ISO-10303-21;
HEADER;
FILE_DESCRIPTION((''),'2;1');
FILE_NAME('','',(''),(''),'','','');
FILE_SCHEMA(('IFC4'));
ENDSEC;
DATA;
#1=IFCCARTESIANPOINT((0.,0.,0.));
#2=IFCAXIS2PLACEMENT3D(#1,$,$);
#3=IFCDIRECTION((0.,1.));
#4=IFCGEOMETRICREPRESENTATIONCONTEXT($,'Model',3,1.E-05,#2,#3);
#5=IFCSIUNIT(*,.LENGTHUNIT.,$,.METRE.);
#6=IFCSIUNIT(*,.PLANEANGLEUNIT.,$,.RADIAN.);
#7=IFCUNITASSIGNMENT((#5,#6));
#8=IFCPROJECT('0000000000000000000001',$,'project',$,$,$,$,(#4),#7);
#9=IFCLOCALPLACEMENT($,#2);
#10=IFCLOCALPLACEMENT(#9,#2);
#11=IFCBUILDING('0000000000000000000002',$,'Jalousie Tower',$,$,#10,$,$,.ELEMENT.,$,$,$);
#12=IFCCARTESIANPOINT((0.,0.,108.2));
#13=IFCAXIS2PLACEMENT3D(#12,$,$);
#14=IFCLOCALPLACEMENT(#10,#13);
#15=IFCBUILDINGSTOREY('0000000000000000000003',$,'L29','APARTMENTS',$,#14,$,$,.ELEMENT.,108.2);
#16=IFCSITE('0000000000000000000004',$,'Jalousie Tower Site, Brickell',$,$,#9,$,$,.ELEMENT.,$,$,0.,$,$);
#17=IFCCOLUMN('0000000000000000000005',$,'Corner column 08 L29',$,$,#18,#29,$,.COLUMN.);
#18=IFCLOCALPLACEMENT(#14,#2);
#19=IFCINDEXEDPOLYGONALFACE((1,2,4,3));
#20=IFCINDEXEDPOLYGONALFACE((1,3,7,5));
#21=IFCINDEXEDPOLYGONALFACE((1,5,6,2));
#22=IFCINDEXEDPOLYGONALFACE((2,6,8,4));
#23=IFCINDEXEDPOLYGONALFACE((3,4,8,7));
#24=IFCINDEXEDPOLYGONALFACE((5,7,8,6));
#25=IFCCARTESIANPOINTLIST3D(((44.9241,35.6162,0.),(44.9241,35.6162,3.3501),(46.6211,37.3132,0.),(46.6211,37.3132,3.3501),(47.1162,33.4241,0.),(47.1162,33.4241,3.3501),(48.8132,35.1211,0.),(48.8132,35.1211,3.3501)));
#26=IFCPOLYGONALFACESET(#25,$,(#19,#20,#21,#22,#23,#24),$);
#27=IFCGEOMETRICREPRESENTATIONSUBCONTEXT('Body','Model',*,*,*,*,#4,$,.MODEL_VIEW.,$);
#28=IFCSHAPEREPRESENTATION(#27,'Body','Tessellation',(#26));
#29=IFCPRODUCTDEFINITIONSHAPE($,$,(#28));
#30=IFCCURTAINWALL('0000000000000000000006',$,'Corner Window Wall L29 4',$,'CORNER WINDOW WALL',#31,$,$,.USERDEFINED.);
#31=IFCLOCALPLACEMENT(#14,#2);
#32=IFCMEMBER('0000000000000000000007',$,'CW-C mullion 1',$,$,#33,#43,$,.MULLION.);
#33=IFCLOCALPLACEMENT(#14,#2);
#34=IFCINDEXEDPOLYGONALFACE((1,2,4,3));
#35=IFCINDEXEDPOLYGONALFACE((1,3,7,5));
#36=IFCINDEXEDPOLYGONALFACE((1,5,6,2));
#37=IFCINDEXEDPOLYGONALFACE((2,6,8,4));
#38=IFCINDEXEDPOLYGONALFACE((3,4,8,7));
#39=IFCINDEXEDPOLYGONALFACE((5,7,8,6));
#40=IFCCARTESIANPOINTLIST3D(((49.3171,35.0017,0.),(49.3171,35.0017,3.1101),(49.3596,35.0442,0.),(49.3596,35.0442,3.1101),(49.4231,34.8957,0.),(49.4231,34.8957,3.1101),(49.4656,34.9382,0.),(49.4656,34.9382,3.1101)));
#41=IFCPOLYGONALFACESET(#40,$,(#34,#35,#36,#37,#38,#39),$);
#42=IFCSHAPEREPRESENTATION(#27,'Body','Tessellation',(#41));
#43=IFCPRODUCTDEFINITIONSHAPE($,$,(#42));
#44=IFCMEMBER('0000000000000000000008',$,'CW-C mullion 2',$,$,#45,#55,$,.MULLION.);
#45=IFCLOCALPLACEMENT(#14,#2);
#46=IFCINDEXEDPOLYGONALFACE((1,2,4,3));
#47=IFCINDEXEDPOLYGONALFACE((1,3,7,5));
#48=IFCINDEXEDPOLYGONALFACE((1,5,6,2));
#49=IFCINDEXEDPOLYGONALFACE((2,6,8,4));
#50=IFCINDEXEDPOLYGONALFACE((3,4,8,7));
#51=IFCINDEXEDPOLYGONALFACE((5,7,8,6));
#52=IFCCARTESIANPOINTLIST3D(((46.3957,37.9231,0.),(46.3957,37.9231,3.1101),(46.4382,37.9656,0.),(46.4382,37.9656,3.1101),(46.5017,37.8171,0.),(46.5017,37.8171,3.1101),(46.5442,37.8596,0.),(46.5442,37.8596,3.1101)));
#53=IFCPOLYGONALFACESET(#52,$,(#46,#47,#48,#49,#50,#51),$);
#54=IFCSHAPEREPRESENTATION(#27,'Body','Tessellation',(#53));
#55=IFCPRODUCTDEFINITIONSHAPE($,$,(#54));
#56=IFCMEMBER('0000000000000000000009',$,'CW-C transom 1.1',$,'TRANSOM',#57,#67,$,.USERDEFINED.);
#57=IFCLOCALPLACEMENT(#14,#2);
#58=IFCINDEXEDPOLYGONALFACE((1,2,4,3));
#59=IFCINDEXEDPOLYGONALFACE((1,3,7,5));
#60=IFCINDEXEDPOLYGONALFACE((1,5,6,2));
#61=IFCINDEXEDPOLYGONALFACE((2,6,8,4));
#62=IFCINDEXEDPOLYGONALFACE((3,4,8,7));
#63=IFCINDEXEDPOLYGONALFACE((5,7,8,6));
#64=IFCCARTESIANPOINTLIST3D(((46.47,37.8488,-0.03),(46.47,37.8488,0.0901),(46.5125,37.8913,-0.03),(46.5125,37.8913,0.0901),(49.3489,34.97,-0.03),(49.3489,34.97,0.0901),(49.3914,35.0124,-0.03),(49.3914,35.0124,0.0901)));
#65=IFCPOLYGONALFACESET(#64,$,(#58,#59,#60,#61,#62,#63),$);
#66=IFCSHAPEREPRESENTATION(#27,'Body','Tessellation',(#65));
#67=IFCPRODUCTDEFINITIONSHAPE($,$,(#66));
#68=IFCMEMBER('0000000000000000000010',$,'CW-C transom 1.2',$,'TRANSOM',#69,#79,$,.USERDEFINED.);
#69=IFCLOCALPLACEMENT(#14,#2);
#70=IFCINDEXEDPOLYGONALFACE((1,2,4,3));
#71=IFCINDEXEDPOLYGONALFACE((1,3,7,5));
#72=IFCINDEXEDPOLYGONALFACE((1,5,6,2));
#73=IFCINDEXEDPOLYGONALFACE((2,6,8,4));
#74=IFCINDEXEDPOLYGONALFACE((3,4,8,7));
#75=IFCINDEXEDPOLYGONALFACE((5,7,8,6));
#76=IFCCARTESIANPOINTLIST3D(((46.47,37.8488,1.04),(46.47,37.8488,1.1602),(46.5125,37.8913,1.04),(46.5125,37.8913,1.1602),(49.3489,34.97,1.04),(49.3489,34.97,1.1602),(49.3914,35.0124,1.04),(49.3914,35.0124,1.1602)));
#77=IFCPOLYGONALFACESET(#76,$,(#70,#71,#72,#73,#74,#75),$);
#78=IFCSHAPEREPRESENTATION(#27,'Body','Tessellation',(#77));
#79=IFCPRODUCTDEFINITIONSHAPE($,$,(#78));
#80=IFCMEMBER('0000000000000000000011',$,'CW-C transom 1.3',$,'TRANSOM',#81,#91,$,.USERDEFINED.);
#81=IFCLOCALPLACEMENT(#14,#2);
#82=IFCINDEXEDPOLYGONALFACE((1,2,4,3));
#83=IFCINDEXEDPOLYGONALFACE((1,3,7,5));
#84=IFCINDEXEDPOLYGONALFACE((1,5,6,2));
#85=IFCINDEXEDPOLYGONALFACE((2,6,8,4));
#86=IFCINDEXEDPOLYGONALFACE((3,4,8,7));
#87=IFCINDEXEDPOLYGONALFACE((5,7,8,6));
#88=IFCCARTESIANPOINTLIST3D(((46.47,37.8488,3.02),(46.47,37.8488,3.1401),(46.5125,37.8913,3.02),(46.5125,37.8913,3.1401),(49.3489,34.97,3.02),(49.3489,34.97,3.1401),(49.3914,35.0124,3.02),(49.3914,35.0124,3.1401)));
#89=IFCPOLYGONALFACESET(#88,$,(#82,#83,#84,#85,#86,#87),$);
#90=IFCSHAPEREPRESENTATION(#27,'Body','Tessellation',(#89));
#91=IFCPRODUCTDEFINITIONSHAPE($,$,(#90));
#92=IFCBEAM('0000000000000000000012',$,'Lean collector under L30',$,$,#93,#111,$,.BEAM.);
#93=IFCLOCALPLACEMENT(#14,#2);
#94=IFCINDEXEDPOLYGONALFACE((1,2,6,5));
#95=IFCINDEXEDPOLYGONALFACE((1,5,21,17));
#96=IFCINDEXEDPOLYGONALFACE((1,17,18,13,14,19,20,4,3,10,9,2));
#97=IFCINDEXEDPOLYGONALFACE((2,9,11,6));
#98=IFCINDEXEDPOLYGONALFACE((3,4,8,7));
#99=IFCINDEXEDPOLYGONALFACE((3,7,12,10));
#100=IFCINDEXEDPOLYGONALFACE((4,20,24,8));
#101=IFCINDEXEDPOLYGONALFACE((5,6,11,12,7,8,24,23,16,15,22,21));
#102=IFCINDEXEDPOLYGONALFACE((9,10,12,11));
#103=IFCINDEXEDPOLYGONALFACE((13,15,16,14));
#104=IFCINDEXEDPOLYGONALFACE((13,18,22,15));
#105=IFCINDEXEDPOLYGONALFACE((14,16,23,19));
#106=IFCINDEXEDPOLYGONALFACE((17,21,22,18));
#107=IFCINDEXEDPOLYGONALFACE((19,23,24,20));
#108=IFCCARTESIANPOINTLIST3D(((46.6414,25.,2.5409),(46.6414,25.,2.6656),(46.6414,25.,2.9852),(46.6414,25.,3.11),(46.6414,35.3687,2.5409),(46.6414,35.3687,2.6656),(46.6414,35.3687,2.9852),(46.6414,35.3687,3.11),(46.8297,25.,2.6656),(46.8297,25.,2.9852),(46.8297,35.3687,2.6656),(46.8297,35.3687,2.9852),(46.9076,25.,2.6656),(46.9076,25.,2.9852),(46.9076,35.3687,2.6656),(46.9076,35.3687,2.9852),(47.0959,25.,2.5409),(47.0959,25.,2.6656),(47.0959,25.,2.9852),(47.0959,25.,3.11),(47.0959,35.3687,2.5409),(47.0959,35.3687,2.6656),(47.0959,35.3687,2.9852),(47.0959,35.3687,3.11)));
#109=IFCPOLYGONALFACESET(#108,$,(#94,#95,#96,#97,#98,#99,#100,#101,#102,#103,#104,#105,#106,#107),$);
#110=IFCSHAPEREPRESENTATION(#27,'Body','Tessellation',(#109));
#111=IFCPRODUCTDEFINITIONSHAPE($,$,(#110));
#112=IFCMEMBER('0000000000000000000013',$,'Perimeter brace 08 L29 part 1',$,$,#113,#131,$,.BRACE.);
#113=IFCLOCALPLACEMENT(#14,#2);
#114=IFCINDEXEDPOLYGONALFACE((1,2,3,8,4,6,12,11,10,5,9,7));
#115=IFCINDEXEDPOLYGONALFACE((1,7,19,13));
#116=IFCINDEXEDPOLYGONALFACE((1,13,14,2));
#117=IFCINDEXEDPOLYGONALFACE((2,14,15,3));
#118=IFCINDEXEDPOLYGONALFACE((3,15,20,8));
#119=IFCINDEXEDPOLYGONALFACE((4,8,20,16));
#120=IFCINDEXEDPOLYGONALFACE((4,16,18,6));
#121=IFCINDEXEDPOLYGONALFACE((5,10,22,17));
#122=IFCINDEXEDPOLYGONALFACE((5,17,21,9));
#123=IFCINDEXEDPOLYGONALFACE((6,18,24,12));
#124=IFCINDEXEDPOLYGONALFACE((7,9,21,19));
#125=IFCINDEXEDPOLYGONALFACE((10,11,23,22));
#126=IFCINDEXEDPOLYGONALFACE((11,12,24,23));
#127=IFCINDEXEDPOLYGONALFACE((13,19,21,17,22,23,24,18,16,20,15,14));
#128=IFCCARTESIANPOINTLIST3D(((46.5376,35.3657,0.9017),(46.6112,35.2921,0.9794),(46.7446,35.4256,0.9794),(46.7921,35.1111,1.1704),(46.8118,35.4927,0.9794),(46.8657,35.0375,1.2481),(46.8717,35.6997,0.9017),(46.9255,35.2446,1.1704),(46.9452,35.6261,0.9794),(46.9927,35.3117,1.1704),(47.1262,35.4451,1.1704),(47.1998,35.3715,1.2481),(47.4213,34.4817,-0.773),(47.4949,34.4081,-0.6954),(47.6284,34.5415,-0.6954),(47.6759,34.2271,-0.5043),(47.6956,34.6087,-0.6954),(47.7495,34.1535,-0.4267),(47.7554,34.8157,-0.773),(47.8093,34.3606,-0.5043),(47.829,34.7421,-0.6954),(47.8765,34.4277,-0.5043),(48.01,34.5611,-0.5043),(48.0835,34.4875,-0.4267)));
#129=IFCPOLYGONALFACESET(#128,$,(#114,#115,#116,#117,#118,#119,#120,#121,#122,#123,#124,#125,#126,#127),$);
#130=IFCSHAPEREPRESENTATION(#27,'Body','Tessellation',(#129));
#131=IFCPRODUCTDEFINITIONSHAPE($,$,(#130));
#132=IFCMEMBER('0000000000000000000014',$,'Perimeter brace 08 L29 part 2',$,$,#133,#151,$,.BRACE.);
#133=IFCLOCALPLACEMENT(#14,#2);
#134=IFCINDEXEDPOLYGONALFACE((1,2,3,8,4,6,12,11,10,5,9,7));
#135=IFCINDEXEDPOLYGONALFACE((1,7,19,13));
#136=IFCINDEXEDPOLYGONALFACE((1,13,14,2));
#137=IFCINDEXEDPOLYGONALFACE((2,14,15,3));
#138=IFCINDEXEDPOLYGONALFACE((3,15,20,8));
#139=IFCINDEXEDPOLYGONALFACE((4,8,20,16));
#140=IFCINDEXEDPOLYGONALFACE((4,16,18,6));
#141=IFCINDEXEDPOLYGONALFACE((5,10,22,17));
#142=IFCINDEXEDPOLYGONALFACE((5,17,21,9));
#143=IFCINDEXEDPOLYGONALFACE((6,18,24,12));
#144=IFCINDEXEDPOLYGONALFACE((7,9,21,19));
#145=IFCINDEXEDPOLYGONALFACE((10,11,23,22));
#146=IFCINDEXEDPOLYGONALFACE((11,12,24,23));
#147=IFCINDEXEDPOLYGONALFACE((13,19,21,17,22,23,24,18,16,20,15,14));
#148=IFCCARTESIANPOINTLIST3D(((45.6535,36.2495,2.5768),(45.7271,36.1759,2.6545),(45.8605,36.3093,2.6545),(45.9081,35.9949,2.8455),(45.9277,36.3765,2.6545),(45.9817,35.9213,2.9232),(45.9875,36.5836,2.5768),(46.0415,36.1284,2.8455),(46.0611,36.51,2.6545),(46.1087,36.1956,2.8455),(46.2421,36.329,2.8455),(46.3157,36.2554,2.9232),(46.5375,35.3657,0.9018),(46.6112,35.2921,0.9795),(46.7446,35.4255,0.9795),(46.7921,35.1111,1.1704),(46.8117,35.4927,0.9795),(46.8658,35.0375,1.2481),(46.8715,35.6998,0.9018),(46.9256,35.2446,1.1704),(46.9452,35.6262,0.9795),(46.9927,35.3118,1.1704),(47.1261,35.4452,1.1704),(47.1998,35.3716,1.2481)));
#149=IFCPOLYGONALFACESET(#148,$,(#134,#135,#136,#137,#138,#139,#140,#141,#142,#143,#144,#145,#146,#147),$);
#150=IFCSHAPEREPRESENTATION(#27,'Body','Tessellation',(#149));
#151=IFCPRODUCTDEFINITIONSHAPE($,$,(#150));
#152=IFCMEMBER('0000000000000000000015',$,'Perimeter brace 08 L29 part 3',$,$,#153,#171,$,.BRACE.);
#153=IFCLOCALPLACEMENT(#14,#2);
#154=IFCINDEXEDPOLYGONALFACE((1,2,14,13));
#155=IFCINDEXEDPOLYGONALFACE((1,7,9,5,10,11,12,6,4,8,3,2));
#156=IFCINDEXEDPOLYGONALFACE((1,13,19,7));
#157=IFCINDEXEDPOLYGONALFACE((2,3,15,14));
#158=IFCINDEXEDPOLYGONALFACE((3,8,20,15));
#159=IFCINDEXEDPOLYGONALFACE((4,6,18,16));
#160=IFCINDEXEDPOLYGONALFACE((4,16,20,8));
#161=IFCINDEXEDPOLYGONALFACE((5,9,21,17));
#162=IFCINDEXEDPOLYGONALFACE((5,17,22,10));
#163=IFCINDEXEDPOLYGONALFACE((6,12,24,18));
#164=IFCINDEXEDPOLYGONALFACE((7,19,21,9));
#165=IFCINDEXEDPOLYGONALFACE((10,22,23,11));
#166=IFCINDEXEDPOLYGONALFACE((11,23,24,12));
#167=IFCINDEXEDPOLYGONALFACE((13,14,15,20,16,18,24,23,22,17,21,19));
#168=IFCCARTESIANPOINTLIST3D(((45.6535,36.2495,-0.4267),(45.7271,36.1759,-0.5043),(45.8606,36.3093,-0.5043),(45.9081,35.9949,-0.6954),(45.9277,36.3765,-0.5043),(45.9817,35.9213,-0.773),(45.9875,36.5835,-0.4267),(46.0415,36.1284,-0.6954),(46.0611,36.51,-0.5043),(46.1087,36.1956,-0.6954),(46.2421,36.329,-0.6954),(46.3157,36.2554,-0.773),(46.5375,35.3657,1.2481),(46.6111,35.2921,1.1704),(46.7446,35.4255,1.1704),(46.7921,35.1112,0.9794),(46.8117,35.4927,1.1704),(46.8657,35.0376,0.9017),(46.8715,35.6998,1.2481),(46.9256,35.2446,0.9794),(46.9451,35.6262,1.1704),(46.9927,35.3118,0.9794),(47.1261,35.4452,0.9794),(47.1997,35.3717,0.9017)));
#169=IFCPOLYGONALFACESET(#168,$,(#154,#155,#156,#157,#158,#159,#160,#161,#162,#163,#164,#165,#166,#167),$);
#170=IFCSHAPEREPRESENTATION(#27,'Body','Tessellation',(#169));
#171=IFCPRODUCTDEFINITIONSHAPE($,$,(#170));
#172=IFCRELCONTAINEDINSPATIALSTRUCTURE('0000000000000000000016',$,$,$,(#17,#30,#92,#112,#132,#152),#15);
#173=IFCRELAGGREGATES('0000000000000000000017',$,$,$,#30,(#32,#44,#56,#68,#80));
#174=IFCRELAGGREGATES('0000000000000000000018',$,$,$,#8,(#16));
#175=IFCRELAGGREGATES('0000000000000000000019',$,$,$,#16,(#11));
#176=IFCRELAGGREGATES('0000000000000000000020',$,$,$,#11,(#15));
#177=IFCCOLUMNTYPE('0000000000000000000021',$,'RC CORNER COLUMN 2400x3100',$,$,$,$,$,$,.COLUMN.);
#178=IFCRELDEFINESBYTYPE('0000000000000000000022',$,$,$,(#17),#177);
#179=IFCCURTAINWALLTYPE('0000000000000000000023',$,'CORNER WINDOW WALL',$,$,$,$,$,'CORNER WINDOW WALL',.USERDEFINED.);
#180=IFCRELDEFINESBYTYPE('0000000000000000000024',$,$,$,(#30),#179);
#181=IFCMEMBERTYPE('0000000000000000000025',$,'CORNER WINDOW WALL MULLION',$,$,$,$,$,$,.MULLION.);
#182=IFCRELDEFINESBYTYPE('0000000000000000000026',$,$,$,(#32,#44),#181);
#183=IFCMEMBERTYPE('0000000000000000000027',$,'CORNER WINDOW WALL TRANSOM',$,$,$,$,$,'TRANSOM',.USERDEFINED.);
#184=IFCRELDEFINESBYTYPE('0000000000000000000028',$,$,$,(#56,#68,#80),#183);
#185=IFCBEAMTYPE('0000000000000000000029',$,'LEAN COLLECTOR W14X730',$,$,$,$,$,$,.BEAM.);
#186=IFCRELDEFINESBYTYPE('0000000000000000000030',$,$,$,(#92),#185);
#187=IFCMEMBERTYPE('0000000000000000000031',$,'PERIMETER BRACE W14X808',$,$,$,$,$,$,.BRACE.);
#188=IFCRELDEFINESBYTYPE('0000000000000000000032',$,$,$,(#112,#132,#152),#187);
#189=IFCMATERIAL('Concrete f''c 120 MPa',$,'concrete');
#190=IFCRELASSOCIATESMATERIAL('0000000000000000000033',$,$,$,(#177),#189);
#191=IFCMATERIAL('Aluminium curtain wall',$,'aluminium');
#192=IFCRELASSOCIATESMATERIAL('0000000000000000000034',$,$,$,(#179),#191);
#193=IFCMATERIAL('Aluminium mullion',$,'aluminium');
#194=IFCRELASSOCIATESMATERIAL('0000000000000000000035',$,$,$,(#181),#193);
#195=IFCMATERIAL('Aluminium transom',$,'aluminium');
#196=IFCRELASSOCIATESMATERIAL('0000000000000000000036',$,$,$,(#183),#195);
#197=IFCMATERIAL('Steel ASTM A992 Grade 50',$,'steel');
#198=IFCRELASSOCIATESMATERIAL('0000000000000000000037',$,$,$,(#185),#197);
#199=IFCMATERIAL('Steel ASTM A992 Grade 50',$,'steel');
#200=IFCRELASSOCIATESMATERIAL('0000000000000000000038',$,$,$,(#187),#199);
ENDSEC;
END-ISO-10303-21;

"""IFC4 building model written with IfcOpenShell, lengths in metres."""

from ifc_helpers import new_model, si_unit, direction, frame, origin, origin_2d, place, context, subcontext, project, spatial, rectangle, i_section, extrude, material, material_profile, profile_set, type_object, element, aggregate, save


model = new_model("IFC4")

# Units and contexts
model_context = context("Model", 3, precision=1e-05, world=origin(), true_north=direction((0.0, 1.0)))
body_context = subcontext(model_context, "Body", "Model", "MODEL_VIEW")
ifc_project = project(units=[si_unit("LENGTHUNIT", "METRE"), si_unit("PLANEANGLEUNIT", "RADIAN")], contexts=[model_context])

# Site, building, storey
site_placement = place(None, origin())
site = spatial("IfcSite", under=ifc_project, at=site_placement, Name="Jalousie Tower Site, Brickell", CompositionType="ELEMENT", RefElevation=0.0)
building_placement = place(site_placement, origin())
building = spatial("IfcBuilding", under=site, at=building_placement, Name="Jalousie Tower", CompositionType="ELEMENT")
storey_placement = place(building_placement, frame((0.0, 0.0, 108.2)))
storey = spatial("IfcBuildingStorey", under=building, at=storey_placement, Name="L29", Description="APARTMENTS", CompositionType="ELEMENT", Elevation=108.2)

# Column
ifc_material_1 = material(Name="Concrete f'c 120 MPa", Category="concrete")
ifc_material_profile_1 = material_profile(ifc_material_1, rectangle(XDim=2.3999, YDim=3.1001, at=origin_2d()), Name="RC 2400x3100")
ifc_profile_set_1 = profile_set([ifc_material_profile_1], Name="Concrete f'c 120 MPa")
column_type = type_object("IfcColumnType", Name="RC CORNER COLUMN 2400x3100", PredefinedType="COLUMN", material=ifc_profile_set_1)
column_placement = place(storey_placement, frame((46.8687, 35.3687, 0.0), z_axis=(0.0, 0.0, 1.0), x_axis=(-0.707107, -0.707107, 0.0)))
element("IfcColumn", 1, at=column_placement, inside=storey, type_object=column_type, Name="Corner column 08 L29", PredefinedType="COLUMN", context=body_context, shape_type="SweptSolid", body=[
    extrude(rectangle(XDim=2.3999, YDim=3.1001, at=origin_2d()), origin(), (0.0, 0.0, 1.0), 3.3501),
])

# Curtain wall, members
ifc_material_2 = material(Name="Aluminium curtain wall", Category="aluminium")
curtain_wall_type_1 = type_object("IfcCurtainWallType", Name="CORNER WINDOW WALL", ElementType="CORNER WINDOW WALL", PredefinedType="USERDEFINED", material=ifc_material_2)
curtain_wall_1_placement = place(storey_placement, origin())
curtain_wall_1 = element("IfcCurtainWall", 2, at=curtain_wall_1_placement, inside=storey, type_object=curtain_wall_type_1, Name="Corner Window Wall L29 4", ObjectType="CORNER WINDOW WALL", PredefinedType="USERDEFINED")
ifc_material_3 = material(Name="Aluminium mullion", Category="aluminium")
ifc_material_profile_2 = material_profile(ifc_material_3, rectangle(XDim=0.0601, YDim=0.1499, at=origin_2d()), Name="MULLION 60x150")
ifc_profile_set_2 = profile_set([ifc_material_profile_2], Name="Aluminium mullion")
member_type_1 = type_object("IfcMemberType", Name="CORNER WINDOW WALL MULLION", PredefinedType="MULLION", material=ifc_profile_set_2)
member_1_placement = place(storey_placement, frame((49.3914, 34.97, 0.0), z_axis=(0.0, 0.0, 1.0), x_axis=(-0.707107, -0.707107, 0.0)))
member_1 = element("IfcMember", 3, at=member_1_placement, type_object=member_type_1, Name="CW-C mullion 1", PredefinedType="MULLION", context=body_context, shape_type="SweptSolid", body=[
    extrude(rectangle(XDim=0.0601, YDim=0.1499, at=origin_2d()), origin(), (0.0, 0.0, 1.0), 3.1101),
])
member_2_placement = place(storey_placement, frame((46.47, 37.8914, 0.0), z_axis=(0.0, 0.0, 1.0), x_axis=(-0.707107, -0.707107, 0.0)))
member_2 = element("IfcMember", 4, at=member_2_placement, type_object=member_type_1, Name="CW-C mullion 2", PredefinedType="MULLION", context=body_context, shape_type="SweptSolid", body=[
    extrude(rectangle(XDim=0.0601, YDim=0.1499, at=origin_2d()), origin(), (0.0, 0.0, 1.0), 3.1101),
])
ifc_material_4 = material(Name="Aluminium transom", Category="aluminium")
ifc_material_profile_3 = material_profile(ifc_material_4, rectangle(XDim=0.0601, YDim=0.1201, at=origin_2d()), Name="TRANSOM 60x120")
ifc_profile_set_3 = profile_set([ifc_material_profile_3], Name="Aluminium transom")
member_type_2 = type_object("IfcMemberType", Name="CORNER WINDOW WALL TRANSOM", ElementType="TRANSOM", PredefinedType="USERDEFINED", material=ifc_profile_set_3)
member_3_placement = place(storey_placement, frame((49.3701, 34.9912, 0.03), z_axis=(-0.707107, 0.707107, 0.0), x_axis=(-0.707107, -0.707107, 0.0)))
member_3 = element("IfcMember", 5, at=member_3_placement, type_object=member_type_2, Name="CW-C transom 1.1", ObjectType="TRANSOM", PredefinedType="USERDEFINED", context=body_context, shape_type="SweptSolid", body=[
    extrude(rectangle(XDim=0.0601, YDim=0.1201, at=origin_2d()), origin(), (0.0, 0.0, 1.0), 4.0713),
])
member_4_placement = place(storey_placement, frame((49.3701, 34.9912, 1.1001), z_axis=(-0.707107, 0.707107, 0.0), x_axis=(-0.707107, -0.707107, 0.0)))
member_4 = element("IfcMember", 6, at=member_4_placement, type_object=member_type_2, Name="CW-C transom 1.2", ObjectType="TRANSOM", PredefinedType="USERDEFINED", context=body_context, shape_type="SweptSolid", body=[
    extrude(rectangle(XDim=0.0601, YDim=0.1201, at=origin_2d()), origin(), (0.0, 0.0, 1.0), 4.0713),
])
member_5_placement = place(storey_placement, frame((49.3701, 34.9912, 3.0801), z_axis=(-0.707107, 0.707107, 0.0), x_axis=(-0.707107, -0.707107, 0.0)))
member_5 = element("IfcMember", 7, at=member_5_placement, type_object=member_type_2, Name="CW-C transom 1.3", ObjectType="TRANSOM", PredefinedType="USERDEFINED", context=body_context, shape_type="SweptSolid", body=[
    extrude(rectangle(XDim=0.0601, YDim=0.1201, at=origin_2d()), origin(), (0.0, 0.0, 1.0), 4.0713),
])

# Beam
ifc_material_5 = material(Name="Steel ASTM A992 Grade 50", Category="steel")
ifc_material_profile_4 = material_profile(ifc_material_5, i_section(OverallWidth=0.4546, OverallDepth=0.5691, WebThickness=0.0779, FlangeThickness=0.1248, at=origin_2d()), Name="W14X730")
ifc_profile_set_4 = profile_set([ifc_material_profile_4], Name="Steel ASTM A992 Grade 50")
beam_type_1 = type_object("IfcBeamType", Name="LEAN COLLECTOR W14X730", PredefinedType="BEAM", material=ifc_profile_set_4)
beam_1_placement = place(storey_placement, frame((46.8687, 35.3687, 2.8254), z_axis=(0.0, -1.0, 0.0), x_axis=(1.0, 0.0, 0.0)))
element("IfcBeam", 8, at=beam_1_placement, inside=storey, type_object=beam_type_1, Name="Lean collector under L30", PredefinedType="BEAM", context=body_context, shape_type="SweptSolid", body=[
    extrude(i_section(OverallWidth=0.4546, OverallDepth=0.5691, WebThickness=0.0779, FlangeThickness=0.1248, at=origin_2d()), origin(), (0.0, 0.0, 1.0), 10.3687),
])

# Members
ifc_material_6 = material(Name="Steel ASTM A992 Grade 50", Category="steel")
ifc_material_profile_5 = material_profile(ifc_material_6, i_section(OverallWidth=0.4724, OverallDepth=0.5791, WebThickness=0.095, FlangeThickness=0.1299, at=origin_2d()), Name="W14X808")
ifc_profile_set_5 = profile_set([ifc_material_profile_5], Name="Steel ASTM A992 Grade 50")
member_type_3 = type_object("IfcMemberType", Name="PERIMETER BRACE W14X808", PredefinedType="BRACE", material=ifc_profile_set_5)
member_6_placement = place(storey_placement, frame((47.7524, 34.4846, -0.5999), z_axis=(-0.422891, 0.423008, 0.801391), x_axis=(-0.707204, -0.707009, 0.0)))
element("IfcMember", 9, at=member_6_placement, inside=storey, type_object=member_type_3, Name="Perimeter brace 08 L29 part 1", PredefinedType="BRACE", context=body_context, shape_type="SweptSolid", body=[
    extrude(i_section(OverallWidth=0.4724, OverallDepth=0.5791, WebThickness=0.095, FlangeThickness=0.1299, at=origin_2d()), origin(), (0.0, 0.0, 1.0), 2.0898),
])
member_7_placement = place(storey_placement, frame((46.8687, 35.3687, 1.075), z_axis=(-0.422969, 0.422852, 0.801432), x_axis=(-0.707009, -0.707204, 0.0)))
element("IfcMember", 10, at=member_7_placement, inside=storey, type_object=member_type_3, Name="Perimeter brace 08 L29 part 2", PredefinedType="BRACE", context=body_context, shape_type="SweptSolid", body=[
    extrude(i_section(OverallWidth=0.4724, OverallDepth=0.5791, WebThickness=0.095, FlangeThickness=0.1299, at=origin_2d()), origin(), (0.0, 0.0, 1.0), 2.0901),
])
member_8_placement = place(storey_placement, frame((45.9846, 36.2524, -0.5999), z_axis=(0.423008, -0.422891, 0.801391), x_axis=(0.707009, 0.707204, 0.0)))
element("IfcMember", 11, at=member_8_placement, inside=storey, type_object=member_type_3, Name="Perimeter brace 08 L29 part 3", PredefinedType="BRACE", context=body_context, shape_type="SweptSolid", body=[
    extrude(i_section(OverallWidth=0.4724, OverallDepth=0.5791, WebThickness=0.095, FlangeThickness=0.1299, at=origin_2d()), origin(), (0.0, 0.0, 1.0), 2.0898),
])

aggregate(curtain_wall_1, [member_1, member_2, member_3, member_4, member_5])

save(model, "model.ifc")
